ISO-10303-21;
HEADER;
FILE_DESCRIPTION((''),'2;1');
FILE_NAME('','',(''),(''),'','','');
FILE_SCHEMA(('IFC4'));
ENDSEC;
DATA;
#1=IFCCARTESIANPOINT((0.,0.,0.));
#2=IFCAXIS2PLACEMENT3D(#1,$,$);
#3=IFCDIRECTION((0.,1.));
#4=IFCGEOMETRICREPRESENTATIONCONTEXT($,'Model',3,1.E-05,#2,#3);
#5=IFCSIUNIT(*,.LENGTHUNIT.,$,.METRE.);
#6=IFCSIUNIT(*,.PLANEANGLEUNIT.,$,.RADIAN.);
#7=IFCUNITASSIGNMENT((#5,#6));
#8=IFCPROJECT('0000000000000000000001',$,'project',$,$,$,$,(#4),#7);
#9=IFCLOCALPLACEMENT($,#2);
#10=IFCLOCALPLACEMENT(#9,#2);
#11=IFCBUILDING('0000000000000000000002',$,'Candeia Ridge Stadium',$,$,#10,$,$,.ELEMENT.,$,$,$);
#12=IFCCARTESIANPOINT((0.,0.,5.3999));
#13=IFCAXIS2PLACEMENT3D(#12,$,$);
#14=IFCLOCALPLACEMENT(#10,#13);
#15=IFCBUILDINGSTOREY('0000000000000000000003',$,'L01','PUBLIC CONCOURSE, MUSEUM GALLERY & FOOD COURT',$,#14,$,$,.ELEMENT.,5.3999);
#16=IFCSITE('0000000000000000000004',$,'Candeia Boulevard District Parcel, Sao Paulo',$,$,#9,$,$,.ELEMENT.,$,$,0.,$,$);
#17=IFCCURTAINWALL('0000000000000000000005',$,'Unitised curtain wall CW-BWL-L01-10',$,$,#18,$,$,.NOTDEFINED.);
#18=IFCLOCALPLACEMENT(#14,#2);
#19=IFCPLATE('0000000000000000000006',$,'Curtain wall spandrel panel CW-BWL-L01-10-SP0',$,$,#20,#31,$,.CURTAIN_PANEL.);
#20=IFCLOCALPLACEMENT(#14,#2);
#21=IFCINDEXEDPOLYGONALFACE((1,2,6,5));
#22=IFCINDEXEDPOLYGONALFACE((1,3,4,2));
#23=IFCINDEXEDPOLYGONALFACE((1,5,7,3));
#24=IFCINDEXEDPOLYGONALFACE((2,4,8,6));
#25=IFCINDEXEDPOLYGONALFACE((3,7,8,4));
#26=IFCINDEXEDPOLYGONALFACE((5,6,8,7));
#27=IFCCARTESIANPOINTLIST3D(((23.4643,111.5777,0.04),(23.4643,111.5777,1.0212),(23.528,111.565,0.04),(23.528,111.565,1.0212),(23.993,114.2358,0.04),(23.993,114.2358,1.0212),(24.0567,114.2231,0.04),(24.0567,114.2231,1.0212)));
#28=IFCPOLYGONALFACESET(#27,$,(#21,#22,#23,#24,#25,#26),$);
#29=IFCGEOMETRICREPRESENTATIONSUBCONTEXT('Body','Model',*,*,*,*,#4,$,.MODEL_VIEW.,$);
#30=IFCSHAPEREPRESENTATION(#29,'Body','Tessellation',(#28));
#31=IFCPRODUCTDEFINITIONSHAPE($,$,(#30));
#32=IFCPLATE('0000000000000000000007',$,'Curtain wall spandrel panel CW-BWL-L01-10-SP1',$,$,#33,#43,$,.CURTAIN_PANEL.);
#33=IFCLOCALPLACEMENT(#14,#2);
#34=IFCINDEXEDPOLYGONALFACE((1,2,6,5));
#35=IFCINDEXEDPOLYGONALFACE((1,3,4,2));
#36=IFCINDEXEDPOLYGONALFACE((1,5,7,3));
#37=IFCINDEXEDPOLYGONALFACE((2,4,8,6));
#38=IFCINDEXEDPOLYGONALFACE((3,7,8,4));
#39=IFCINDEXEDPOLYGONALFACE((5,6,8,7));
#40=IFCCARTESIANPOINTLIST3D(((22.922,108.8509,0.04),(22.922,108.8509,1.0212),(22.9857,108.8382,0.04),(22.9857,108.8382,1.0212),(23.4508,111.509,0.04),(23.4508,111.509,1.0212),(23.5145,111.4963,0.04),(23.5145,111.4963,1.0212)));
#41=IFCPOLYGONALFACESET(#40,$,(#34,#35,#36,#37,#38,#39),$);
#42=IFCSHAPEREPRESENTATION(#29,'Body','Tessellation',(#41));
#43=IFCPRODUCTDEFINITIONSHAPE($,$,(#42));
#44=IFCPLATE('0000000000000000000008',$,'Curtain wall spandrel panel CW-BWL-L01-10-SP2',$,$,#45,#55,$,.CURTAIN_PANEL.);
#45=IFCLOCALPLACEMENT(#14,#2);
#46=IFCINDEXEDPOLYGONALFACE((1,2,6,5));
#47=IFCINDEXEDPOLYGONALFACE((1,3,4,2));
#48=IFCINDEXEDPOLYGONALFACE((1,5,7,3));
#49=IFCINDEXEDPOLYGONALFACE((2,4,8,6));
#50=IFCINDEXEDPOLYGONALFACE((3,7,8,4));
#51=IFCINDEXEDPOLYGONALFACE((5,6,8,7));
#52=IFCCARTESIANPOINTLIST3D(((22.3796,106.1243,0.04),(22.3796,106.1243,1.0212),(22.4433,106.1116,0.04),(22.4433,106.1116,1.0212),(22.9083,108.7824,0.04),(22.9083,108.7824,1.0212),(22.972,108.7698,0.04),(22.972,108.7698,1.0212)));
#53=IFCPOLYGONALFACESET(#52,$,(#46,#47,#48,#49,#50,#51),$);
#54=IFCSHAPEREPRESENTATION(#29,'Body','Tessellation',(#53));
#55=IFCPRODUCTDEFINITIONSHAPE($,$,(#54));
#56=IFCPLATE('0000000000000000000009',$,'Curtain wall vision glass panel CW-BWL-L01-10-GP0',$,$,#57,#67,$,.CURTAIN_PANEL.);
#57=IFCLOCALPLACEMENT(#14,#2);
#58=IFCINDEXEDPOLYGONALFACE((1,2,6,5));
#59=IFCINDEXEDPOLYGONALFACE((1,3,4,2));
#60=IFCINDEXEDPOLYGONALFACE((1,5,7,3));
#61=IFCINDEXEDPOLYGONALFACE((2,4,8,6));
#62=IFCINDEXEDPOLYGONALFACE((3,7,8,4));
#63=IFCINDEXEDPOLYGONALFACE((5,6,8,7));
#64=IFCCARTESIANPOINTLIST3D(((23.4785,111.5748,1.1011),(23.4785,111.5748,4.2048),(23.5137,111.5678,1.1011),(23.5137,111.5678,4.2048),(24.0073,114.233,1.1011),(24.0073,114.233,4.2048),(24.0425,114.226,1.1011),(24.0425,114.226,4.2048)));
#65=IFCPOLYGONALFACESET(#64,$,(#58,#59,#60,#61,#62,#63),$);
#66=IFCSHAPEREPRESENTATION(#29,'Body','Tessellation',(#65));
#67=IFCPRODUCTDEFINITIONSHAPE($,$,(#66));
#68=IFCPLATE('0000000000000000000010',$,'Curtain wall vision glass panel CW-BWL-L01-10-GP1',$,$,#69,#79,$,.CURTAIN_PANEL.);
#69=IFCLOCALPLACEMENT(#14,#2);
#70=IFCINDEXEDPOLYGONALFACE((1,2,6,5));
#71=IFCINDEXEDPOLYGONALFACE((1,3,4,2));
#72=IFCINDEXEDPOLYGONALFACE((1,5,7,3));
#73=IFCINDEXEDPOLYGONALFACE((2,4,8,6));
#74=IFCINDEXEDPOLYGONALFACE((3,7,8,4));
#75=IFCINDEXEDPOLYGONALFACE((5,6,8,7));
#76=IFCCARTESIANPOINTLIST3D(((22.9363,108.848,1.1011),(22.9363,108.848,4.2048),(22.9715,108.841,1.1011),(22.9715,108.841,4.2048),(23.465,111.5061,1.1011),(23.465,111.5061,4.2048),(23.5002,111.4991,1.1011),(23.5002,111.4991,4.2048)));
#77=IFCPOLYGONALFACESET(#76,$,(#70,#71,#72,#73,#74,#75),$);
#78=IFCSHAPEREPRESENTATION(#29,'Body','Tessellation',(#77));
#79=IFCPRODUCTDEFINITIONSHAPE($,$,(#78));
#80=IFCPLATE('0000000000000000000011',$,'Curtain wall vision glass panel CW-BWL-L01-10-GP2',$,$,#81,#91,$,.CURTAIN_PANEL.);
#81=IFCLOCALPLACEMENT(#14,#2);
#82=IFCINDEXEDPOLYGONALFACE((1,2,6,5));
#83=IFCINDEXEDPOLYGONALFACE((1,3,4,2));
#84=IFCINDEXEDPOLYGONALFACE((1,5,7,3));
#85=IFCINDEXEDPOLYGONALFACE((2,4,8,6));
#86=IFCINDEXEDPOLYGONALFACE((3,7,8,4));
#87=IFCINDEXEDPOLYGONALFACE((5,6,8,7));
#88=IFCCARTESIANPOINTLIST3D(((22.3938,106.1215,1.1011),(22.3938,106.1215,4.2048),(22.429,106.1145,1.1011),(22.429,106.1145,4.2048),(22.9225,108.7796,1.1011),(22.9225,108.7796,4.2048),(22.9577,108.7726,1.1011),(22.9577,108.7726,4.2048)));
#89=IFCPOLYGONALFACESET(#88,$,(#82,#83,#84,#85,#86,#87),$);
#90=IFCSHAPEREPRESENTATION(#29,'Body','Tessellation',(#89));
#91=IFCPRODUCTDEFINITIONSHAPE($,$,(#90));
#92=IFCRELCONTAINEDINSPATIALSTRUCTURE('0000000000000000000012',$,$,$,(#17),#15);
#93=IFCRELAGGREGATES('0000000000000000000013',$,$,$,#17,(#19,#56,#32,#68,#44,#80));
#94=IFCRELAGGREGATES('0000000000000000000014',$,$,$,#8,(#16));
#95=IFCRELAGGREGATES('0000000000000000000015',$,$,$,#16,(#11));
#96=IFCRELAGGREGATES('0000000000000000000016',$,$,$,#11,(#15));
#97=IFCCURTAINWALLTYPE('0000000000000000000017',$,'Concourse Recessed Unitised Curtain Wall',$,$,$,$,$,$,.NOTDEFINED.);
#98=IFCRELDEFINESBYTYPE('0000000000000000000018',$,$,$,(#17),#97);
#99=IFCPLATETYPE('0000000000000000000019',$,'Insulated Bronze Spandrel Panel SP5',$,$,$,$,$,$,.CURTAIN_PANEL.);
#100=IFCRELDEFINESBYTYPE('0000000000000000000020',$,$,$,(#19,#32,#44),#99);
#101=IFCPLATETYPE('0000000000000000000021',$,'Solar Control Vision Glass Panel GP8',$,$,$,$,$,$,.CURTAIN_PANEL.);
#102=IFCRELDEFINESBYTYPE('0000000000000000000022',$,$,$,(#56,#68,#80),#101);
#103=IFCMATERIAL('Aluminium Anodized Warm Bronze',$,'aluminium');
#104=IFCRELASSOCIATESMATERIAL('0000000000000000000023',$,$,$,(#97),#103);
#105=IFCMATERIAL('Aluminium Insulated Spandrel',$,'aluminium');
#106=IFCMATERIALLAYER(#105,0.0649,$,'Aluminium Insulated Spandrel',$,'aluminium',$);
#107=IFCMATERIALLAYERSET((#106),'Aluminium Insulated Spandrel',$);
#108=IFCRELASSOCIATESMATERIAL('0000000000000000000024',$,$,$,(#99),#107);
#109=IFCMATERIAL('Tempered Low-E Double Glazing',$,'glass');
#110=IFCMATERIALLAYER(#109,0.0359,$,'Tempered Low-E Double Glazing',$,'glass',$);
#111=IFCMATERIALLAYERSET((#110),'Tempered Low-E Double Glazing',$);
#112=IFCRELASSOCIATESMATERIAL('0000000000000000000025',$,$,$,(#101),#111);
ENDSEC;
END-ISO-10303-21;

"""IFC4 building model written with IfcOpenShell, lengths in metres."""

from ifc_helpers import new_model, si_unit, direction, frame, origin, origin_2d, place, context, subcontext, project, spatial, rectangle, extrude, material, layer, layer_set, type_object, element, aggregate, save


model = new_model("IFC4")

# Units and contexts
model_context = context("Model", 3, precision=1e-05, world=origin(), true_north=direction((0.0, 1.0)))
body_context = subcontext(model_context, "Body", "Model", "MODEL_VIEW")
ifc_project = project(units=[si_unit("LENGTHUNIT", "METRE"), si_unit("PLANEANGLEUNIT", "RADIAN")], contexts=[model_context])

# Site, building, storey
site_placement = place(None, origin())
site = spatial("IfcSite", under=ifc_project, at=site_placement, Name="Candeia Boulevard District Parcel, Sao Paulo", CompositionType="ELEMENT", RefElevation=0.0)
building_placement = place(site_placement, origin())
building = spatial("IfcBuilding", under=site, at=building_placement, Name="Candeia Ridge Stadium", CompositionType="ELEMENT")
storey_placement = place(building_placement, frame((0.0, 0.0, 5.3999)))
storey = spatial("IfcBuildingStorey", under=building, at=storey_placement, Name="L01", Description="PUBLIC CONCOURSE, MUSEUM GALLERY & FOOD COURT", CompositionType="ELEMENT", Elevation=5.3999)

# Curtain wall
ifc_material_1 = material(Name="Aluminium Anodized Warm Bronze", Category="aluminium")
curtain_wall_type = type_object("IfcCurtainWallType", Name="Concourse Recessed Unitised Curtain Wall", PredefinedType="NOTDEFINED", material=ifc_material_1)
curtain_wall_placement = place(storey_placement, origin())
curtain_wall = element("IfcCurtainWall", 1, at=curtain_wall_placement, inside=storey, type_object=curtain_wall_type, Name="Unitised curtain wall CW-BWL-L01-10", PredefinedType="NOTDEFINED")

# Plates
ifc_material_2 = material(Name="Aluminium Insulated Spandrel", Category="aluminium")
ifc_layer_1 = layer(ifc_material_2, 0.0649, Name="Aluminium Insulated Spandrel", Category="aluminium")
ifc_layer_set_1 = layer_set([ifc_layer_1], Name="Aluminium Insulated Spandrel")
plate_type_1 = type_object("IfcPlateType", Name="Insulated Bronze Spandrel Panel SP5", PredefinedType="CURTAIN_PANEL", material=ifc_layer_set_1)
plate_1_placement = place(storey_placement, frame((23.7605, 112.9004, 0.04), z_axis=(0.0, 0.0, 1.0), x_axis=(-0.19509, -0.980785, 0.0)))
plate_1 = element("IfcPlate", 2, at=plate_1_placement, type_object=plate_type_1, Name="Curtain wall spandrel panel CW-BWL-L01-10-SP0", PredefinedType="CURTAIN_PANEL", context=body_context, shape_type="SweptSolid", body=[
    extrude(rectangle(XDim=2.7102, YDim=0.0649, at=origin_2d()), origin(), (0.0, 0.0, 1.0), 0.9812),
])
plate_2_placement = place(storey_placement, frame((23.2183, 110.1736, 0.04), z_axis=(0.0, 0.0, 1.0), x_axis=(-0.19509, -0.980785, 0.0)))
plate_2 = element("IfcPlate", 3, at=plate_2_placement, type_object=plate_type_1, Name="Curtain wall spandrel panel CW-BWL-L01-10-SP1", PredefinedType="CURTAIN_PANEL", context=body_context, shape_type="SweptSolid", body=[
    extrude(rectangle(XDim=2.7102, YDim=0.0649, at=origin_2d()), origin(), (0.0, 0.0, 1.0), 0.9812),
])
plate_3_placement = place(storey_placement, frame((22.6758, 107.447, 0.04), z_axis=(0.0, 0.0, 1.0), x_axis=(-0.19509, -0.980785, 0.0)))
plate_3 = element("IfcPlate", 4, at=plate_3_placement, type_object=plate_type_1, Name="Curtain wall spandrel panel CW-BWL-L01-10-SP2", PredefinedType="CURTAIN_PANEL", context=body_context, shape_type="SweptSolid", body=[
    extrude(rectangle(XDim=2.7102, YDim=0.0649, at=origin_2d()), origin(), (0.0, 0.0, 1.0), 0.9812),
])
ifc_material_3 = material(Name="Tempered Low-E Double Glazing", Category="glass")
ifc_layer_2 = layer(ifc_material_3, 0.0359, Name="Tempered Low-E Double Glazing", Category="glass")
ifc_layer_set_2 = layer_set([ifc_layer_2], Name="Tempered Low-E Double Glazing")
plate_type_2 = type_object("IfcPlateType", Name="Solar Control Vision Glass Panel GP8", PredefinedType="CURTAIN_PANEL", material=ifc_layer_set_2)
plate_4_placement = place(storey_placement, frame((23.7605, 112.9004, 1.1011), z_axis=(0.0, 0.0, 1.0), x_axis=(-0.19509, -0.980785, 0.0)))
plate_4 = element("IfcPlate", 5, at=plate_4_placement, type_object=plate_type_2, Name="Curtain wall vision glass panel CW-BWL-L01-10-GP0", PredefinedType="CURTAIN_PANEL", context=body_context, shape_type="SweptSolid", body=[
    extrude(rectangle(XDim=2.7102, YDim=0.0359, at=origin_2d()), origin(), (0.0, 0.0, 1.0), 3.1038),
])
plate_5_placement = place(storey_placement, frame((23.2183, 110.1736, 1.1011), z_axis=(0.0, 0.0, 1.0), x_axis=(-0.19509, -0.980785, 0.0)))
plate_5 = element("IfcPlate", 6, at=plate_5_placement, type_object=plate_type_2, Name="Curtain wall vision glass panel CW-BWL-L01-10-GP1", PredefinedType="CURTAIN_PANEL", context=body_context, shape_type="SweptSolid", body=[
    extrude(rectangle(XDim=2.7102, YDim=0.0359, at=origin_2d()), origin(), (0.0, 0.0, 1.0), 3.1038),
])
plate_6_placement = place(storey_placement, frame((22.6758, 107.447, 1.1011), z_axis=(0.0, 0.0, 1.0), x_axis=(-0.19509, -0.980785, 0.0)))
plate_6 = element("IfcPlate", 7, at=plate_6_placement, type_object=plate_type_2, Name="Curtain wall vision glass panel CW-BWL-L01-10-GP2", PredefinedType="CURTAIN_PANEL", context=body_context, shape_type="SweptSolid", body=[
    extrude(rectangle(XDim=2.7102, YDim=0.0359, at=origin_2d()), origin(), (0.0, 0.0, 1.0), 3.1038),
])
aggregate(curtain_wall, [plate_1, plate_4, plate_2, plate_5, plate_3, plate_6])

save(model, "model.ifc")
